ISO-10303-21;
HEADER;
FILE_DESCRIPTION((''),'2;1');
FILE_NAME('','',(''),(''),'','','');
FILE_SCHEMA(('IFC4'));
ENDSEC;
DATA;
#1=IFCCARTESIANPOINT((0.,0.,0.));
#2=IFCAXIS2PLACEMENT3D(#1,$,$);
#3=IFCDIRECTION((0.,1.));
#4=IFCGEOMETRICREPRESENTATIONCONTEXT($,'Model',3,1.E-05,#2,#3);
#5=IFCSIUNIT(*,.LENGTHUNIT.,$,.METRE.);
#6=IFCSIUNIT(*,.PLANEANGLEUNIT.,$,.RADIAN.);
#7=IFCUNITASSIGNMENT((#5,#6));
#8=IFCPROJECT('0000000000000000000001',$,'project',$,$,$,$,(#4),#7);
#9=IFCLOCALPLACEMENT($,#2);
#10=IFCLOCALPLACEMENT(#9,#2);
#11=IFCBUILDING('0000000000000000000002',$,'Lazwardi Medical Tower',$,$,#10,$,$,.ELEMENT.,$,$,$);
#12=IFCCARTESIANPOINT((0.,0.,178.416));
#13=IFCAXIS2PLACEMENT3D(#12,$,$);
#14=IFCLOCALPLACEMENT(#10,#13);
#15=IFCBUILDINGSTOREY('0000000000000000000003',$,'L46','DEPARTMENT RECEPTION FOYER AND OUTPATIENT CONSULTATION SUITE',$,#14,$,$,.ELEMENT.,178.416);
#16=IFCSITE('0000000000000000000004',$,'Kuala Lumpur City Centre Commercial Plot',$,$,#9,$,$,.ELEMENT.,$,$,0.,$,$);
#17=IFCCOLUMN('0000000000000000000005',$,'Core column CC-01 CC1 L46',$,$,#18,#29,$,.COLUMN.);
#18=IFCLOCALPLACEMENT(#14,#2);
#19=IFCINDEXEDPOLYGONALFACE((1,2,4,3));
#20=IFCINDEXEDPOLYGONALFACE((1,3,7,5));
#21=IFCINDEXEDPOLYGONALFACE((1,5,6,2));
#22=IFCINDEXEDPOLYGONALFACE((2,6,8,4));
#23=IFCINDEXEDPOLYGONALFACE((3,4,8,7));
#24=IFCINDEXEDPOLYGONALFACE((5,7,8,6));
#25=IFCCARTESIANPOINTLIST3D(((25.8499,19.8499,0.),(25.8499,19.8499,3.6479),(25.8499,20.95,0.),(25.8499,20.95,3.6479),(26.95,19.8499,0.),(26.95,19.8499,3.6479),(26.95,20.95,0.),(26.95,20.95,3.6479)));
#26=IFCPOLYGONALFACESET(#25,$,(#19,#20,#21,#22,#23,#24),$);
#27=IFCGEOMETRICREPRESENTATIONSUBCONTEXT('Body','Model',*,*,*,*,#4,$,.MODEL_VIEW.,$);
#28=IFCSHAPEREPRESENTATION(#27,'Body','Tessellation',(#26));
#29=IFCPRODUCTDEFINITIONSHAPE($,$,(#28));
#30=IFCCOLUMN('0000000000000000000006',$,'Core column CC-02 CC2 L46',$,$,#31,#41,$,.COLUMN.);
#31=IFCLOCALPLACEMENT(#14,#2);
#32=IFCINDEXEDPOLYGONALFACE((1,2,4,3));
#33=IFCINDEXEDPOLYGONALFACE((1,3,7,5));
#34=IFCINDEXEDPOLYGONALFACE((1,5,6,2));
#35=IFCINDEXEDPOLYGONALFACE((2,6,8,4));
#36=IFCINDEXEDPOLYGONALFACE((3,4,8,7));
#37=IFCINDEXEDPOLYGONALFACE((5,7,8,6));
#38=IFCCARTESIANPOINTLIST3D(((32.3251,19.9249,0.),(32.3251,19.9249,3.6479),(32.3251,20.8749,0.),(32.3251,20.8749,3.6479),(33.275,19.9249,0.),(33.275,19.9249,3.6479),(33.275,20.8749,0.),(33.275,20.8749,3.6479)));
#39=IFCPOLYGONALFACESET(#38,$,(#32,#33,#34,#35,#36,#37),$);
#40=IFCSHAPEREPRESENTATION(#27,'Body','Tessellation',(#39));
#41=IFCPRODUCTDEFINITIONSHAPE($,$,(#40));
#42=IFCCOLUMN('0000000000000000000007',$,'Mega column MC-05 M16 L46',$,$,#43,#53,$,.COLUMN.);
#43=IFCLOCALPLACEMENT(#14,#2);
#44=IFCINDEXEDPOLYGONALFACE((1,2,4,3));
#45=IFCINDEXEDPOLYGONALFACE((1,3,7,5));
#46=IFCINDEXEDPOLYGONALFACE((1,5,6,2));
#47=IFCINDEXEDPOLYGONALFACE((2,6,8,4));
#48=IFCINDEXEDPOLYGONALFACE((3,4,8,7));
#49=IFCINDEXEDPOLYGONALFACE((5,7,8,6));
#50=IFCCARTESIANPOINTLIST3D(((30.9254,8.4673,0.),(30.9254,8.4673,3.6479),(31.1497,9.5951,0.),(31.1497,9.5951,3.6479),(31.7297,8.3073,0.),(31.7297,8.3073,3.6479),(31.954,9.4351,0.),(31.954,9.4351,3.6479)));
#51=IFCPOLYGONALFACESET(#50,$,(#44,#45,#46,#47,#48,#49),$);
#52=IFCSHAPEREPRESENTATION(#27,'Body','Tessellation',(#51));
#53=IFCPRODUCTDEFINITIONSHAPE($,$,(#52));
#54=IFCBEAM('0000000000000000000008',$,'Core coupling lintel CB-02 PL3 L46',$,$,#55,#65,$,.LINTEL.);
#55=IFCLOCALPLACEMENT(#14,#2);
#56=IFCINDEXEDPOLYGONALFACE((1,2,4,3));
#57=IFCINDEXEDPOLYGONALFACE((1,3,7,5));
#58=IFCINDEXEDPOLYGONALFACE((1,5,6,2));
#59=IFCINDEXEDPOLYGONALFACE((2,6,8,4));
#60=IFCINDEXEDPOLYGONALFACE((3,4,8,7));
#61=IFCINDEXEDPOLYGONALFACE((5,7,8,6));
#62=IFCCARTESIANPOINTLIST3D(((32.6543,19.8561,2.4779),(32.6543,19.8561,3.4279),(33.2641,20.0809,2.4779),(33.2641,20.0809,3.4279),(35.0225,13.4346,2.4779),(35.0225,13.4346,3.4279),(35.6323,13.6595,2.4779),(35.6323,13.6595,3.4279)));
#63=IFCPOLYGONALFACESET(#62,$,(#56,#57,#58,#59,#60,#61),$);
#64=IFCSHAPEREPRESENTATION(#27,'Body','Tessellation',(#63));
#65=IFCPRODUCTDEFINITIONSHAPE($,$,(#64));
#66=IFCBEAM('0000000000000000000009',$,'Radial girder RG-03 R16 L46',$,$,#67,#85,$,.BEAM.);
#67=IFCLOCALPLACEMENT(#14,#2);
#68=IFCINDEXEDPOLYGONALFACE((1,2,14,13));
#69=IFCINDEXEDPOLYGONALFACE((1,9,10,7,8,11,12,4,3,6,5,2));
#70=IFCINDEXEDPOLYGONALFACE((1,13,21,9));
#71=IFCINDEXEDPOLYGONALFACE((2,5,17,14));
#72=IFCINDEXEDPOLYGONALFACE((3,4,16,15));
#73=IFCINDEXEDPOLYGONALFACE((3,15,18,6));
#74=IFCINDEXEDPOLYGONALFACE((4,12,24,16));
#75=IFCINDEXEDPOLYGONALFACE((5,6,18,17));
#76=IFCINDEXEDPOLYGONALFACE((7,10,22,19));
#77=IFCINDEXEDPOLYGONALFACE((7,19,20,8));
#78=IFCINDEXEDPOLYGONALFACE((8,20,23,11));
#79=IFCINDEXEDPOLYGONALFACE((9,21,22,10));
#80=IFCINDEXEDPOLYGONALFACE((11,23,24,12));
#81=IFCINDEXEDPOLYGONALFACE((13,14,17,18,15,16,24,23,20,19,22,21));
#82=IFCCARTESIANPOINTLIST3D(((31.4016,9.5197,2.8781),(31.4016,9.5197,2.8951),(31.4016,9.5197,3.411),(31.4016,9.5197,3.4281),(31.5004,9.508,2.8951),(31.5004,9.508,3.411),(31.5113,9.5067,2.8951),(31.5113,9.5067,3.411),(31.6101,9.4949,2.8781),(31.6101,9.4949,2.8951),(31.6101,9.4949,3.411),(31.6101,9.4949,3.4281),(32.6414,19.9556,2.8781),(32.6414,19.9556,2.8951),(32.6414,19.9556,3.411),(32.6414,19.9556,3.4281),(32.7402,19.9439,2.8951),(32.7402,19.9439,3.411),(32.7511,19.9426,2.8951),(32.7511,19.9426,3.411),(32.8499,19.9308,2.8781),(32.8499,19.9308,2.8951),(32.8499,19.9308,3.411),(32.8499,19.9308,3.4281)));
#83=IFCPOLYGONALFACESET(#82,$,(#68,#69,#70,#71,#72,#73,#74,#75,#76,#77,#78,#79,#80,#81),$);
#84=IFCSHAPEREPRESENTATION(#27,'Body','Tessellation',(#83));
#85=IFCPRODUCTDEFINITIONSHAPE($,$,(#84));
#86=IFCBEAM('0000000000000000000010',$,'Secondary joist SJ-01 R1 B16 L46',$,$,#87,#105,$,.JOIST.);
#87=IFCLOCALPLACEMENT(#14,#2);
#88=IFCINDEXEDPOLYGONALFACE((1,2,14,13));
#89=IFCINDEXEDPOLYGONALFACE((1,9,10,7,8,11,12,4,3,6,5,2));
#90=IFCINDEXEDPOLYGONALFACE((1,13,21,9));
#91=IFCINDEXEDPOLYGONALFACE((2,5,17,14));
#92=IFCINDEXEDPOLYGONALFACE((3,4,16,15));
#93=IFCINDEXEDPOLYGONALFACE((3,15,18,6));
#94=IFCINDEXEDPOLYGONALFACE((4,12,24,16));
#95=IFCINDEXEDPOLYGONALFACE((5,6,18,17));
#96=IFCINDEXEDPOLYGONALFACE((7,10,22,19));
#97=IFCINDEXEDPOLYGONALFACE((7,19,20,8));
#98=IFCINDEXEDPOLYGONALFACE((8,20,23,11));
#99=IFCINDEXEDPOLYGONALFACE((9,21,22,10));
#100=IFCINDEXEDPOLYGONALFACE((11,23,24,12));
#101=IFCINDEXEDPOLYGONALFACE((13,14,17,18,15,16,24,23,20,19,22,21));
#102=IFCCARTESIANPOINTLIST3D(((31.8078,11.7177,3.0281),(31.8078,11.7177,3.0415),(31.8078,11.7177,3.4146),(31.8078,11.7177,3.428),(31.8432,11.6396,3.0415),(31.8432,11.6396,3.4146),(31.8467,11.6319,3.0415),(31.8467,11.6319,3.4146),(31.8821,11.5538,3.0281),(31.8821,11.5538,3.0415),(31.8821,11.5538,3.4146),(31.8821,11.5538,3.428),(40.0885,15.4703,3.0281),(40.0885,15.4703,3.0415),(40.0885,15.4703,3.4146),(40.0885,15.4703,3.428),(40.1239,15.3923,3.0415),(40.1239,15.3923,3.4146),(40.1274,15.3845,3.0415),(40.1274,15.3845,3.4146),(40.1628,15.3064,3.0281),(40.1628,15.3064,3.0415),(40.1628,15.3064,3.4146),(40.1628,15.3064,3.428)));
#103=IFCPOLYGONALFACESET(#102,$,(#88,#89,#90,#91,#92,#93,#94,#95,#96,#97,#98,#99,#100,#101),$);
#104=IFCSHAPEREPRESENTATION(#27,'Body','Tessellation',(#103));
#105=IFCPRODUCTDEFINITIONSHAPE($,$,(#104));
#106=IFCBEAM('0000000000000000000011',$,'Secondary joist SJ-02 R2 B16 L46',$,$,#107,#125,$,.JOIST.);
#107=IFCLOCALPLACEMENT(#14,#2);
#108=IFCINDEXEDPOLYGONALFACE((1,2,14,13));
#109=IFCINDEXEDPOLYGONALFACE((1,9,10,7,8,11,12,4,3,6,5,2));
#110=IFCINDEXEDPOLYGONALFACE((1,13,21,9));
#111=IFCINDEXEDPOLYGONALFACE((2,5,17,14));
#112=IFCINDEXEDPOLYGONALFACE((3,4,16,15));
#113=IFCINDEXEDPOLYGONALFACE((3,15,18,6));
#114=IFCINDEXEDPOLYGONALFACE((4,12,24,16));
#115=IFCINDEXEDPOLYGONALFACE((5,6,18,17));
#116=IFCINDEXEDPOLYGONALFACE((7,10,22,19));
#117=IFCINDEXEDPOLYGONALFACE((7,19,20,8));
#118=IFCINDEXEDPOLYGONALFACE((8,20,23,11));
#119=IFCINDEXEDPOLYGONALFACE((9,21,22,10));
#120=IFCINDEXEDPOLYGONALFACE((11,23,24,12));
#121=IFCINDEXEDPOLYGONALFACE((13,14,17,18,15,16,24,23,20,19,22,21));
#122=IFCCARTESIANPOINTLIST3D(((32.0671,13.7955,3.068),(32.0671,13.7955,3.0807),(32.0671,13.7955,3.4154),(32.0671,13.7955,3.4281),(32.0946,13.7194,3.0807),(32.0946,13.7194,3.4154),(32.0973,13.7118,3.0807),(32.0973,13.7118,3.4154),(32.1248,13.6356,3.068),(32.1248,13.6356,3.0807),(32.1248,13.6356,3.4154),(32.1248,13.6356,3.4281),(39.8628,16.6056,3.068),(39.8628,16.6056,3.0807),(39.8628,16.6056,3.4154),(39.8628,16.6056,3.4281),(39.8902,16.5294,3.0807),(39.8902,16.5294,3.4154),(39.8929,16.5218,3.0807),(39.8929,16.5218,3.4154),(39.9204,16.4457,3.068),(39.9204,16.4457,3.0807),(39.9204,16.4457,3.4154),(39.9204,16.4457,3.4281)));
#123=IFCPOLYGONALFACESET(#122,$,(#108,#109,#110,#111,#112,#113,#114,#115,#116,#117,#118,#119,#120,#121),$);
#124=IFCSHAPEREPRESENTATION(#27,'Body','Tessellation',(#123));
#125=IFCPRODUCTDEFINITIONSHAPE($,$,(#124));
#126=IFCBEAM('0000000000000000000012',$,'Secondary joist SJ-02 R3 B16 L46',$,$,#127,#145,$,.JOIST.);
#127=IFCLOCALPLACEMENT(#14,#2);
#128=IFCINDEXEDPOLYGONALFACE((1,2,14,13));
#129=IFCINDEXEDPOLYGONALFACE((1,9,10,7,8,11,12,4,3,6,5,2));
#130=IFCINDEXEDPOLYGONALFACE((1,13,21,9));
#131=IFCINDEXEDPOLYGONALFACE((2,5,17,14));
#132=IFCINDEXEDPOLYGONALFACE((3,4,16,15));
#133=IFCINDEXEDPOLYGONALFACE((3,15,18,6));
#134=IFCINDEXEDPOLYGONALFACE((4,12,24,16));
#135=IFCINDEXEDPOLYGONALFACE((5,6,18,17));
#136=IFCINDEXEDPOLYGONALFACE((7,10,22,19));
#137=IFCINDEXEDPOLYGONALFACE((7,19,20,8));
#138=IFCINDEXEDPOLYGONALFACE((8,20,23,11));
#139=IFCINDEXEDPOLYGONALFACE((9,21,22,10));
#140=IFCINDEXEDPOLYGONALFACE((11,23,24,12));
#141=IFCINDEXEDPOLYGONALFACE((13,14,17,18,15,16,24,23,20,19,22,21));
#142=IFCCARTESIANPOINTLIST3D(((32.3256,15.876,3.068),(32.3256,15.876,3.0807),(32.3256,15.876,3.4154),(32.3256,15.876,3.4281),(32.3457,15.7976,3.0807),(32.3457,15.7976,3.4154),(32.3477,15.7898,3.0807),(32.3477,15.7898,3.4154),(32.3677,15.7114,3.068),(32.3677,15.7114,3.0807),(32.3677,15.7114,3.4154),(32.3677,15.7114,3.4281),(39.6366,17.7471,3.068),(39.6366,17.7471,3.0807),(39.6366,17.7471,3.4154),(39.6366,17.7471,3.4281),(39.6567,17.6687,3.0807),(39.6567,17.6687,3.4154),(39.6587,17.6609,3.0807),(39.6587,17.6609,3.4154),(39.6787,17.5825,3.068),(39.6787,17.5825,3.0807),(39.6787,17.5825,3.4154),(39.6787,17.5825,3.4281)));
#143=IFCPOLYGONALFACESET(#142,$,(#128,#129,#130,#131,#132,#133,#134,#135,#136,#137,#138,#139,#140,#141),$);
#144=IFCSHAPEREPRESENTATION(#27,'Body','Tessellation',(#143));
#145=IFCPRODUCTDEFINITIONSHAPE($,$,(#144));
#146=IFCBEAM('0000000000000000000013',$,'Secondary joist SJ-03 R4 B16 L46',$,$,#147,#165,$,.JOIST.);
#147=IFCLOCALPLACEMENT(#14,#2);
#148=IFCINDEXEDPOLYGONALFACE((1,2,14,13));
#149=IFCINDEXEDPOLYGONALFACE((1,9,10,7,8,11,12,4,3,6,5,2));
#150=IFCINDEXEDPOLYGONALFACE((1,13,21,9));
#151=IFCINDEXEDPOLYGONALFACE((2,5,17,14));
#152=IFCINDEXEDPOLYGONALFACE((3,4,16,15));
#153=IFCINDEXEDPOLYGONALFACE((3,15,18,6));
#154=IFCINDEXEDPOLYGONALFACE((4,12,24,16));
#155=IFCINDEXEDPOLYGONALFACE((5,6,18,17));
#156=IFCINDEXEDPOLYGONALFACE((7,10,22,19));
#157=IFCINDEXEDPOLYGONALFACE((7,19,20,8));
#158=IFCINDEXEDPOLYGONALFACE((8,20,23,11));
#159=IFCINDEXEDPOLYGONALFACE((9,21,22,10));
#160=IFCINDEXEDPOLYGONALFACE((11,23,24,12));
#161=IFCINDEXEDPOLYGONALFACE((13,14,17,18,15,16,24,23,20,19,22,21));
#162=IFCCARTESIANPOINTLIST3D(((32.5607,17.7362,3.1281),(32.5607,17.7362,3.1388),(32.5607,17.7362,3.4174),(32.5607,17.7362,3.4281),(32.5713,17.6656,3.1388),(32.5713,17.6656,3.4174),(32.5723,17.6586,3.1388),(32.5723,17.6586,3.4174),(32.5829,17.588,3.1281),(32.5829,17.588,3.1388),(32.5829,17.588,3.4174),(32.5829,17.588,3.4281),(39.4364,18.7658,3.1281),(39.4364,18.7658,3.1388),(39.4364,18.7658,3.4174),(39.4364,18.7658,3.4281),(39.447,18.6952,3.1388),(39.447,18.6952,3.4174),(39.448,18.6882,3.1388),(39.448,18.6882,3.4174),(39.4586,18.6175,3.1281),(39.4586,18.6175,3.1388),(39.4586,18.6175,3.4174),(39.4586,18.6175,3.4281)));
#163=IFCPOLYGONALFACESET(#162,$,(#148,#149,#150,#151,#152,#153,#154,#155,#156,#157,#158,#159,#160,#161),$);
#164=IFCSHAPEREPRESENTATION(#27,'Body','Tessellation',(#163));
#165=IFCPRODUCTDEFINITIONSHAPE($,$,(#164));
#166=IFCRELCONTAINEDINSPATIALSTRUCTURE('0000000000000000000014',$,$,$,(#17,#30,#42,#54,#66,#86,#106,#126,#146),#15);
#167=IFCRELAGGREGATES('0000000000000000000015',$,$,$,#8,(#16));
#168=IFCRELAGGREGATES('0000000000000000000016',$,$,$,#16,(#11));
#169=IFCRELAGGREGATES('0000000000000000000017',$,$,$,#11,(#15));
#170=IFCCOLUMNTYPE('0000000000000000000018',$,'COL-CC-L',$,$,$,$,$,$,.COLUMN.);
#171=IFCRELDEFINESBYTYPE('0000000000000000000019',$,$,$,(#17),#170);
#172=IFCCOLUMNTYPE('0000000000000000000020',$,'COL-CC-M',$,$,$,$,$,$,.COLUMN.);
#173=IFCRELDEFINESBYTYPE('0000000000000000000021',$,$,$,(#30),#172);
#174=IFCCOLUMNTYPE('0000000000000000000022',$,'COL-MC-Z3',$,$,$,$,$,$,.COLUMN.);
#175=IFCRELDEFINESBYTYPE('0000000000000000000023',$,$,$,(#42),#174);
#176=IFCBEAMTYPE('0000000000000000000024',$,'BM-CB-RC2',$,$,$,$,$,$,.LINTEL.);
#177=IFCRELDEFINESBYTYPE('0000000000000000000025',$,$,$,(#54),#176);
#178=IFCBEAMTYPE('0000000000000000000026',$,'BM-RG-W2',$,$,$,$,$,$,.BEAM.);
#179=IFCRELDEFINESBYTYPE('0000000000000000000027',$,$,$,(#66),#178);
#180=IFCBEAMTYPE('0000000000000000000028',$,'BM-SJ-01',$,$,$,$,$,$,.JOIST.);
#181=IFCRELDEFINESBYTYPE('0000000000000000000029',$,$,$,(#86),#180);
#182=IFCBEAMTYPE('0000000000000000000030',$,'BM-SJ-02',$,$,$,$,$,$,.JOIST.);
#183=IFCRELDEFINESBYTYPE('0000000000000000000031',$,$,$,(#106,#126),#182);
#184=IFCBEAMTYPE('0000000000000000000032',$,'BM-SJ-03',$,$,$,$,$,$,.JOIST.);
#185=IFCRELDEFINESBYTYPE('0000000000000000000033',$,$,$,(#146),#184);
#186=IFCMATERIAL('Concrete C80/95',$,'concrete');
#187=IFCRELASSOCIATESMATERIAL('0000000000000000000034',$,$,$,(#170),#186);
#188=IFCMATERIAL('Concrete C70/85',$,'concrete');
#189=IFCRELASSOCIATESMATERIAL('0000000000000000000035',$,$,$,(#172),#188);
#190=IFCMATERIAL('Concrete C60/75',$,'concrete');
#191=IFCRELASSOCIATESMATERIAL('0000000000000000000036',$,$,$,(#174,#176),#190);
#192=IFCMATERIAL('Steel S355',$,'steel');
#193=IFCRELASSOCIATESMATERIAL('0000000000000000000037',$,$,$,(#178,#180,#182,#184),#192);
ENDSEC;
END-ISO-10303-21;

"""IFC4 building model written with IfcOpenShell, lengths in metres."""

from ifc_helpers import new_model, si_unit, direction, frame, origin, origin_2d, place, context, subcontext, project, spatial, rectangle, i_section, extrude, material, material_profile, profile_set, type_object, element, save


model = new_model("IFC4")

# Units and contexts
model_context = context("Model", 3, precision=1e-05, world=origin(), true_north=direction((0.0, 1.0)))
body_context = subcontext(model_context, "Body", "Model", "MODEL_VIEW")
ifc_project = project(units=[si_unit("LENGTHUNIT", "METRE"), si_unit("PLANEANGLEUNIT", "RADIAN")], contexts=[model_context])

# Site, building, storey
site_placement = place(None, origin())
site = spatial("IfcSite", under=ifc_project, at=site_placement, Name="Kuala Lumpur City Centre Commercial Plot", CompositionType="ELEMENT", RefElevation=0.0)
building_placement = place(site_placement, origin())
building = spatial("IfcBuilding", under=site, at=building_placement, Name="Lazwardi Medical Tower", CompositionType="ELEMENT")
storey_placement = place(building_placement, frame((0.0, 0.0, 178.416)))
storey = spatial("IfcBuildingStorey", under=building, at=storey_placement, Name="L46", Description="DEPARTMENT RECEPTION FOYER AND OUTPATIENT CONSULTATION SUITE", CompositionType="ELEMENT", Elevation=178.416)

# Columns
ifc_material_1 = material(Name="Concrete C80/95", Category="concrete")
ifc_material_profile_1 = material_profile(ifc_material_1, rectangle(XDim=1.1001, YDim=1.1001, at=origin_2d()), Name="RC 1100x1100")
ifc_profile_set_1 = profile_set([ifc_material_profile_1], Name="Concrete C80/95")
column_type_1 = type_object("IfcColumnType", Name="COL-CC-L", PredefinedType="COLUMN", material=ifc_profile_set_1)
column_1_placement = place(storey_placement, frame((26.3999, 20.3999, 0.0), z_axis=(0.0, 0.0, 1.0), x_axis=(1.0, 0.0, 0.0)))
element("IfcColumn", 1, at=column_1_placement, inside=storey, type_object=column_type_1, Name="Core column CC-01 CC1 L46", PredefinedType="COLUMN", context=body_context, shape_type="SweptSolid", body=[
    extrude(rectangle(XDim=1.1001, YDim=1.1001, at=origin_2d()), origin(), (0.0, 0.0, 1.0), 3.6479),
])
ifc_material_2 = material(Name="Concrete C70/85", Category="concrete")
ifc_material_profile_2 = material_profile(ifc_material_2, rectangle(XDim=0.95, YDim=0.95, at=origin_2d()), Name="RC 950x950")
ifc_profile_set_2 = profile_set([ifc_material_profile_2], Name="Concrete C70/85")
column_type_2 = type_object("IfcColumnType", Name="COL-CC-M", PredefinedType="COLUMN", material=ifc_profile_set_2)
column_2_placement = place(storey_placement, frame((32.8, 20.3999, 0.0), z_axis=(0.0, 0.0, 1.0), x_axis=(1.0, 0.0, 0.0)))
element("IfcColumn", 2, at=column_2_placement, inside=storey, type_object=column_type_2, Name="Core column CC-02 CC2 L46", PredefinedType="COLUMN", context=body_context, shape_type="SweptSolid", body=[
    extrude(rectangle(XDim=0.95, YDim=0.95, at=origin_2d()), origin(), (0.0, 0.0, 1.0), 3.6479),
])
ifc_material_3 = material(Name="Concrete C60/75", Category="concrete")
ifc_material_profile_3 = material_profile(ifc_material_3, rectangle(XDim=1.1499, YDim=0.8201, at=origin_2d()), Name="CFT-RECT 1150x820")
ifc_profile_set_3 = profile_set([ifc_material_profile_3], Name="Concrete C60/75")
column_type_3 = type_object("IfcColumnType", Name="COL-MC-Z3", PredefinedType="COLUMN", material=ifc_profile_set_3)
column_3_placement = place(storey_placement, frame((31.4397, 8.9512, 0.0), z_axis=(0.0, 0.0, 1.0), x_axis=(-0.19509, -0.980785, 0.0)))
element("IfcColumn", 3, at=column_3_placement, inside=storey, type_object=column_type_3, Name="Mega column MC-05 M16 L46", PredefinedType="COLUMN", context=body_context, shape_type="SweptSolid", body=[
    extrude(rectangle(XDim=1.1499, YDim=0.8201, at=origin_2d()), origin(), (0.0, 0.0, 1.0), 3.6479),
])

# Beams
ifc_material_profile_4 = material_profile(ifc_material_3, rectangle(XDim=0.6499, YDim=0.95, at=origin_2d()), Name="RC 650x950")
ifc_profile_set_4 = profile_set([ifc_material_profile_4], Name="Concrete C60/75")
beam_type_1 = type_object("IfcBeamType", Name="BM-CB-RC2", PredefinedType="LINTEL", material=ifc_profile_set_4)
beam_1_placement = place(storey_placement, frame((32.9592, 19.9685, 2.9529), z_axis=(0.346013, -0.93823, 0.0), x_axis=(0.93823, 0.346013, 0.0)))
element("IfcBeam", 4, at=beam_1_placement, inside=storey, type_object=beam_type_1, Name="Core coupling lintel CB-02 PL3 L46", PredefinedType="LINTEL", context=body_context, shape_type="SweptSolid", body=[
    extrude(rectangle(XDim=0.6499, YDim=0.95, at=origin_2d()), origin(), (0.0, 0.0, 1.0), 6.8442),
])
ifc_material_4 = material(Name="Steel S355", Category="steel")
ifc_material_profile_5 = material_profile(ifc_material_4, i_section(OverallWidth=0.21, OverallDepth=0.55, WebThickness=0.011, FlangeThickness=0.0171, at=origin_2d()), Name="IPE 550")
ifc_profile_set_5 = profile_set([ifc_material_profile_5], Name="Steel S355")
beam_type_2 = type_object("IfcBeamType", Name="BM-RG-W2", PredefinedType="BEAM", material=ifc_profile_set_5)
beam_2_placement = place(storey_placement, frame((31.5059, 9.5073, 3.1531), z_axis=(0.117968, 0.993017, 0.0), x_axis=(-0.993017, 0.117968, 0.0)))
element("IfcBeam", 5, at=beam_2_placement, inside=storey, type_object=beam_type_2, Name="Radial girder RG-03 R16 L46", PredefinedType="BEAM", context=body_context, shape_type="SweptSolid", body=[
    extrude(i_section(OverallWidth=0.21, OverallDepth=0.55, WebThickness=0.011, FlangeThickness=0.0171, at=origin_2d()), origin(), (0.0, 0.0, 1.0), 10.5093),
])
ifc_material_profile_6 = material_profile(ifc_material_4, i_section(OverallWidth=0.1799, OverallDepth=0.3999, WebThickness=0.0085, FlangeThickness=0.0134, at=origin_2d()), Name="IPE 400")
ifc_profile_set_6 = profile_set([ifc_material_profile_6], Name="Steel S355")
beam_type_3 = type_object("IfcBeamType", Name="BM-SJ-01", PredefinedType="JOIST", material=ifc_profile_set_6)
beam_3_placement = place(storey_placement, frame((31.845, 11.6357, 3.228), z_axis=(0.910834, 0.412773, 0.0), x_axis=(-0.412773, 0.910834, 0.0)))
element("IfcBeam", 6, at=beam_3_placement, inside=storey, type_object=beam_type_3, Name="Secondary joist SJ-01 R1 B16 L46", PredefinedType="JOIST", context=body_context, shape_type="SweptSolid", body=[
    extrude(i_section(OverallWidth=0.1799, OverallDepth=0.3999, WebThickness=0.0085, FlangeThickness=0.0134, at=origin_2d()), origin(), (0.0, 0.0, 1.0), 9.0913),
])
ifc_material_profile_7 = material_profile(ifc_material_4, i_section(OverallWidth=0.1699, OverallDepth=0.3601, WebThickness=0.0081, FlangeThickness=0.0127, at=origin_2d()), Name="IPE 360")
ifc_profile_set_7 = profile_set([ifc_material_profile_7], Name="Steel S355")
beam_type_4 = type_object("IfcBeamType", Name="BM-SJ-02", PredefinedType="JOIST", material=ifc_profile_set_7)
beam_4_placement = place(storey_placement, frame((32.0959, 13.7156, 3.248), z_axis=(0.940748, 0.339106, 0.0), x_axis=(-0.339106, 0.940748, 0.0)))
element("IfcBeam", 7, at=beam_4_placement, inside=storey, type_object=beam_type_4, Name="Secondary joist SJ-02 R2 B16 L46", PredefinedType="JOIST", context=body_context, shape_type="SweptSolid", body=[
    extrude(i_section(OverallWidth=0.1699, OverallDepth=0.3601, WebThickness=0.0081, FlangeThickness=0.0127, at=origin_2d()), origin(), (0.0, 0.0, 1.0), 8.2866),
])
beam_5_placement = place(storey_placement, frame((32.3467, 15.7937, 3.248), z_axis=(0.968776, 0.247936, 0.0), x_axis=(-0.247936, 0.968776, 0.0)))
element("IfcBeam", 8, at=beam_5_placement, inside=storey, type_object=beam_type_4, Name="Secondary joist SJ-02 R3 B16 L46", PredefinedType="JOIST", context=body_context, shape_type="SweptSolid", body=[
    extrude(i_section(OverallWidth=0.1699, OverallDepth=0.3601, WebThickness=0.0081, FlangeThickness=0.0127, at=origin_2d()), origin(), (0.0, 0.0, 1.0), 7.5466),
])
ifc_material_profile_8 = material_profile(ifc_material_4, i_section(OverallWidth=0.1499, OverallDepth=0.3, WebThickness=0.0071, FlangeThickness=0.0107, at=origin_2d()), Name="IPE 300")
ifc_profile_set_8 = profile_set([ifc_material_profile_8], Name="Steel S355")
beam_type_5 = type_object("IfcBeamType", Name="BM-SJ-03", PredefinedType="JOIST", material=ifc_profile_set_8)
beam_6_placement = place(storey_placement, frame((32.5718, 17.6621, 3.2781), z_axis=(0.988975, 0.148085, 0.0), x_axis=(-0.148085, 0.988975, 0.0)))
element("IfcBeam", 9, at=beam_6_placement, inside=storey, type_object=beam_type_5, Name="Secondary joist SJ-03 R4 B16 L46", PredefinedType="JOIST", context=body_context, shape_type="SweptSolid", body=[
    extrude(i_section(OverallWidth=0.1499, OverallDepth=0.3, WebThickness=0.0071, FlangeThickness=0.0107, at=origin_2d()), origin(), (0.0, 0.0, 1.0), 6.9524),
])

save(model, "model.ifc")
